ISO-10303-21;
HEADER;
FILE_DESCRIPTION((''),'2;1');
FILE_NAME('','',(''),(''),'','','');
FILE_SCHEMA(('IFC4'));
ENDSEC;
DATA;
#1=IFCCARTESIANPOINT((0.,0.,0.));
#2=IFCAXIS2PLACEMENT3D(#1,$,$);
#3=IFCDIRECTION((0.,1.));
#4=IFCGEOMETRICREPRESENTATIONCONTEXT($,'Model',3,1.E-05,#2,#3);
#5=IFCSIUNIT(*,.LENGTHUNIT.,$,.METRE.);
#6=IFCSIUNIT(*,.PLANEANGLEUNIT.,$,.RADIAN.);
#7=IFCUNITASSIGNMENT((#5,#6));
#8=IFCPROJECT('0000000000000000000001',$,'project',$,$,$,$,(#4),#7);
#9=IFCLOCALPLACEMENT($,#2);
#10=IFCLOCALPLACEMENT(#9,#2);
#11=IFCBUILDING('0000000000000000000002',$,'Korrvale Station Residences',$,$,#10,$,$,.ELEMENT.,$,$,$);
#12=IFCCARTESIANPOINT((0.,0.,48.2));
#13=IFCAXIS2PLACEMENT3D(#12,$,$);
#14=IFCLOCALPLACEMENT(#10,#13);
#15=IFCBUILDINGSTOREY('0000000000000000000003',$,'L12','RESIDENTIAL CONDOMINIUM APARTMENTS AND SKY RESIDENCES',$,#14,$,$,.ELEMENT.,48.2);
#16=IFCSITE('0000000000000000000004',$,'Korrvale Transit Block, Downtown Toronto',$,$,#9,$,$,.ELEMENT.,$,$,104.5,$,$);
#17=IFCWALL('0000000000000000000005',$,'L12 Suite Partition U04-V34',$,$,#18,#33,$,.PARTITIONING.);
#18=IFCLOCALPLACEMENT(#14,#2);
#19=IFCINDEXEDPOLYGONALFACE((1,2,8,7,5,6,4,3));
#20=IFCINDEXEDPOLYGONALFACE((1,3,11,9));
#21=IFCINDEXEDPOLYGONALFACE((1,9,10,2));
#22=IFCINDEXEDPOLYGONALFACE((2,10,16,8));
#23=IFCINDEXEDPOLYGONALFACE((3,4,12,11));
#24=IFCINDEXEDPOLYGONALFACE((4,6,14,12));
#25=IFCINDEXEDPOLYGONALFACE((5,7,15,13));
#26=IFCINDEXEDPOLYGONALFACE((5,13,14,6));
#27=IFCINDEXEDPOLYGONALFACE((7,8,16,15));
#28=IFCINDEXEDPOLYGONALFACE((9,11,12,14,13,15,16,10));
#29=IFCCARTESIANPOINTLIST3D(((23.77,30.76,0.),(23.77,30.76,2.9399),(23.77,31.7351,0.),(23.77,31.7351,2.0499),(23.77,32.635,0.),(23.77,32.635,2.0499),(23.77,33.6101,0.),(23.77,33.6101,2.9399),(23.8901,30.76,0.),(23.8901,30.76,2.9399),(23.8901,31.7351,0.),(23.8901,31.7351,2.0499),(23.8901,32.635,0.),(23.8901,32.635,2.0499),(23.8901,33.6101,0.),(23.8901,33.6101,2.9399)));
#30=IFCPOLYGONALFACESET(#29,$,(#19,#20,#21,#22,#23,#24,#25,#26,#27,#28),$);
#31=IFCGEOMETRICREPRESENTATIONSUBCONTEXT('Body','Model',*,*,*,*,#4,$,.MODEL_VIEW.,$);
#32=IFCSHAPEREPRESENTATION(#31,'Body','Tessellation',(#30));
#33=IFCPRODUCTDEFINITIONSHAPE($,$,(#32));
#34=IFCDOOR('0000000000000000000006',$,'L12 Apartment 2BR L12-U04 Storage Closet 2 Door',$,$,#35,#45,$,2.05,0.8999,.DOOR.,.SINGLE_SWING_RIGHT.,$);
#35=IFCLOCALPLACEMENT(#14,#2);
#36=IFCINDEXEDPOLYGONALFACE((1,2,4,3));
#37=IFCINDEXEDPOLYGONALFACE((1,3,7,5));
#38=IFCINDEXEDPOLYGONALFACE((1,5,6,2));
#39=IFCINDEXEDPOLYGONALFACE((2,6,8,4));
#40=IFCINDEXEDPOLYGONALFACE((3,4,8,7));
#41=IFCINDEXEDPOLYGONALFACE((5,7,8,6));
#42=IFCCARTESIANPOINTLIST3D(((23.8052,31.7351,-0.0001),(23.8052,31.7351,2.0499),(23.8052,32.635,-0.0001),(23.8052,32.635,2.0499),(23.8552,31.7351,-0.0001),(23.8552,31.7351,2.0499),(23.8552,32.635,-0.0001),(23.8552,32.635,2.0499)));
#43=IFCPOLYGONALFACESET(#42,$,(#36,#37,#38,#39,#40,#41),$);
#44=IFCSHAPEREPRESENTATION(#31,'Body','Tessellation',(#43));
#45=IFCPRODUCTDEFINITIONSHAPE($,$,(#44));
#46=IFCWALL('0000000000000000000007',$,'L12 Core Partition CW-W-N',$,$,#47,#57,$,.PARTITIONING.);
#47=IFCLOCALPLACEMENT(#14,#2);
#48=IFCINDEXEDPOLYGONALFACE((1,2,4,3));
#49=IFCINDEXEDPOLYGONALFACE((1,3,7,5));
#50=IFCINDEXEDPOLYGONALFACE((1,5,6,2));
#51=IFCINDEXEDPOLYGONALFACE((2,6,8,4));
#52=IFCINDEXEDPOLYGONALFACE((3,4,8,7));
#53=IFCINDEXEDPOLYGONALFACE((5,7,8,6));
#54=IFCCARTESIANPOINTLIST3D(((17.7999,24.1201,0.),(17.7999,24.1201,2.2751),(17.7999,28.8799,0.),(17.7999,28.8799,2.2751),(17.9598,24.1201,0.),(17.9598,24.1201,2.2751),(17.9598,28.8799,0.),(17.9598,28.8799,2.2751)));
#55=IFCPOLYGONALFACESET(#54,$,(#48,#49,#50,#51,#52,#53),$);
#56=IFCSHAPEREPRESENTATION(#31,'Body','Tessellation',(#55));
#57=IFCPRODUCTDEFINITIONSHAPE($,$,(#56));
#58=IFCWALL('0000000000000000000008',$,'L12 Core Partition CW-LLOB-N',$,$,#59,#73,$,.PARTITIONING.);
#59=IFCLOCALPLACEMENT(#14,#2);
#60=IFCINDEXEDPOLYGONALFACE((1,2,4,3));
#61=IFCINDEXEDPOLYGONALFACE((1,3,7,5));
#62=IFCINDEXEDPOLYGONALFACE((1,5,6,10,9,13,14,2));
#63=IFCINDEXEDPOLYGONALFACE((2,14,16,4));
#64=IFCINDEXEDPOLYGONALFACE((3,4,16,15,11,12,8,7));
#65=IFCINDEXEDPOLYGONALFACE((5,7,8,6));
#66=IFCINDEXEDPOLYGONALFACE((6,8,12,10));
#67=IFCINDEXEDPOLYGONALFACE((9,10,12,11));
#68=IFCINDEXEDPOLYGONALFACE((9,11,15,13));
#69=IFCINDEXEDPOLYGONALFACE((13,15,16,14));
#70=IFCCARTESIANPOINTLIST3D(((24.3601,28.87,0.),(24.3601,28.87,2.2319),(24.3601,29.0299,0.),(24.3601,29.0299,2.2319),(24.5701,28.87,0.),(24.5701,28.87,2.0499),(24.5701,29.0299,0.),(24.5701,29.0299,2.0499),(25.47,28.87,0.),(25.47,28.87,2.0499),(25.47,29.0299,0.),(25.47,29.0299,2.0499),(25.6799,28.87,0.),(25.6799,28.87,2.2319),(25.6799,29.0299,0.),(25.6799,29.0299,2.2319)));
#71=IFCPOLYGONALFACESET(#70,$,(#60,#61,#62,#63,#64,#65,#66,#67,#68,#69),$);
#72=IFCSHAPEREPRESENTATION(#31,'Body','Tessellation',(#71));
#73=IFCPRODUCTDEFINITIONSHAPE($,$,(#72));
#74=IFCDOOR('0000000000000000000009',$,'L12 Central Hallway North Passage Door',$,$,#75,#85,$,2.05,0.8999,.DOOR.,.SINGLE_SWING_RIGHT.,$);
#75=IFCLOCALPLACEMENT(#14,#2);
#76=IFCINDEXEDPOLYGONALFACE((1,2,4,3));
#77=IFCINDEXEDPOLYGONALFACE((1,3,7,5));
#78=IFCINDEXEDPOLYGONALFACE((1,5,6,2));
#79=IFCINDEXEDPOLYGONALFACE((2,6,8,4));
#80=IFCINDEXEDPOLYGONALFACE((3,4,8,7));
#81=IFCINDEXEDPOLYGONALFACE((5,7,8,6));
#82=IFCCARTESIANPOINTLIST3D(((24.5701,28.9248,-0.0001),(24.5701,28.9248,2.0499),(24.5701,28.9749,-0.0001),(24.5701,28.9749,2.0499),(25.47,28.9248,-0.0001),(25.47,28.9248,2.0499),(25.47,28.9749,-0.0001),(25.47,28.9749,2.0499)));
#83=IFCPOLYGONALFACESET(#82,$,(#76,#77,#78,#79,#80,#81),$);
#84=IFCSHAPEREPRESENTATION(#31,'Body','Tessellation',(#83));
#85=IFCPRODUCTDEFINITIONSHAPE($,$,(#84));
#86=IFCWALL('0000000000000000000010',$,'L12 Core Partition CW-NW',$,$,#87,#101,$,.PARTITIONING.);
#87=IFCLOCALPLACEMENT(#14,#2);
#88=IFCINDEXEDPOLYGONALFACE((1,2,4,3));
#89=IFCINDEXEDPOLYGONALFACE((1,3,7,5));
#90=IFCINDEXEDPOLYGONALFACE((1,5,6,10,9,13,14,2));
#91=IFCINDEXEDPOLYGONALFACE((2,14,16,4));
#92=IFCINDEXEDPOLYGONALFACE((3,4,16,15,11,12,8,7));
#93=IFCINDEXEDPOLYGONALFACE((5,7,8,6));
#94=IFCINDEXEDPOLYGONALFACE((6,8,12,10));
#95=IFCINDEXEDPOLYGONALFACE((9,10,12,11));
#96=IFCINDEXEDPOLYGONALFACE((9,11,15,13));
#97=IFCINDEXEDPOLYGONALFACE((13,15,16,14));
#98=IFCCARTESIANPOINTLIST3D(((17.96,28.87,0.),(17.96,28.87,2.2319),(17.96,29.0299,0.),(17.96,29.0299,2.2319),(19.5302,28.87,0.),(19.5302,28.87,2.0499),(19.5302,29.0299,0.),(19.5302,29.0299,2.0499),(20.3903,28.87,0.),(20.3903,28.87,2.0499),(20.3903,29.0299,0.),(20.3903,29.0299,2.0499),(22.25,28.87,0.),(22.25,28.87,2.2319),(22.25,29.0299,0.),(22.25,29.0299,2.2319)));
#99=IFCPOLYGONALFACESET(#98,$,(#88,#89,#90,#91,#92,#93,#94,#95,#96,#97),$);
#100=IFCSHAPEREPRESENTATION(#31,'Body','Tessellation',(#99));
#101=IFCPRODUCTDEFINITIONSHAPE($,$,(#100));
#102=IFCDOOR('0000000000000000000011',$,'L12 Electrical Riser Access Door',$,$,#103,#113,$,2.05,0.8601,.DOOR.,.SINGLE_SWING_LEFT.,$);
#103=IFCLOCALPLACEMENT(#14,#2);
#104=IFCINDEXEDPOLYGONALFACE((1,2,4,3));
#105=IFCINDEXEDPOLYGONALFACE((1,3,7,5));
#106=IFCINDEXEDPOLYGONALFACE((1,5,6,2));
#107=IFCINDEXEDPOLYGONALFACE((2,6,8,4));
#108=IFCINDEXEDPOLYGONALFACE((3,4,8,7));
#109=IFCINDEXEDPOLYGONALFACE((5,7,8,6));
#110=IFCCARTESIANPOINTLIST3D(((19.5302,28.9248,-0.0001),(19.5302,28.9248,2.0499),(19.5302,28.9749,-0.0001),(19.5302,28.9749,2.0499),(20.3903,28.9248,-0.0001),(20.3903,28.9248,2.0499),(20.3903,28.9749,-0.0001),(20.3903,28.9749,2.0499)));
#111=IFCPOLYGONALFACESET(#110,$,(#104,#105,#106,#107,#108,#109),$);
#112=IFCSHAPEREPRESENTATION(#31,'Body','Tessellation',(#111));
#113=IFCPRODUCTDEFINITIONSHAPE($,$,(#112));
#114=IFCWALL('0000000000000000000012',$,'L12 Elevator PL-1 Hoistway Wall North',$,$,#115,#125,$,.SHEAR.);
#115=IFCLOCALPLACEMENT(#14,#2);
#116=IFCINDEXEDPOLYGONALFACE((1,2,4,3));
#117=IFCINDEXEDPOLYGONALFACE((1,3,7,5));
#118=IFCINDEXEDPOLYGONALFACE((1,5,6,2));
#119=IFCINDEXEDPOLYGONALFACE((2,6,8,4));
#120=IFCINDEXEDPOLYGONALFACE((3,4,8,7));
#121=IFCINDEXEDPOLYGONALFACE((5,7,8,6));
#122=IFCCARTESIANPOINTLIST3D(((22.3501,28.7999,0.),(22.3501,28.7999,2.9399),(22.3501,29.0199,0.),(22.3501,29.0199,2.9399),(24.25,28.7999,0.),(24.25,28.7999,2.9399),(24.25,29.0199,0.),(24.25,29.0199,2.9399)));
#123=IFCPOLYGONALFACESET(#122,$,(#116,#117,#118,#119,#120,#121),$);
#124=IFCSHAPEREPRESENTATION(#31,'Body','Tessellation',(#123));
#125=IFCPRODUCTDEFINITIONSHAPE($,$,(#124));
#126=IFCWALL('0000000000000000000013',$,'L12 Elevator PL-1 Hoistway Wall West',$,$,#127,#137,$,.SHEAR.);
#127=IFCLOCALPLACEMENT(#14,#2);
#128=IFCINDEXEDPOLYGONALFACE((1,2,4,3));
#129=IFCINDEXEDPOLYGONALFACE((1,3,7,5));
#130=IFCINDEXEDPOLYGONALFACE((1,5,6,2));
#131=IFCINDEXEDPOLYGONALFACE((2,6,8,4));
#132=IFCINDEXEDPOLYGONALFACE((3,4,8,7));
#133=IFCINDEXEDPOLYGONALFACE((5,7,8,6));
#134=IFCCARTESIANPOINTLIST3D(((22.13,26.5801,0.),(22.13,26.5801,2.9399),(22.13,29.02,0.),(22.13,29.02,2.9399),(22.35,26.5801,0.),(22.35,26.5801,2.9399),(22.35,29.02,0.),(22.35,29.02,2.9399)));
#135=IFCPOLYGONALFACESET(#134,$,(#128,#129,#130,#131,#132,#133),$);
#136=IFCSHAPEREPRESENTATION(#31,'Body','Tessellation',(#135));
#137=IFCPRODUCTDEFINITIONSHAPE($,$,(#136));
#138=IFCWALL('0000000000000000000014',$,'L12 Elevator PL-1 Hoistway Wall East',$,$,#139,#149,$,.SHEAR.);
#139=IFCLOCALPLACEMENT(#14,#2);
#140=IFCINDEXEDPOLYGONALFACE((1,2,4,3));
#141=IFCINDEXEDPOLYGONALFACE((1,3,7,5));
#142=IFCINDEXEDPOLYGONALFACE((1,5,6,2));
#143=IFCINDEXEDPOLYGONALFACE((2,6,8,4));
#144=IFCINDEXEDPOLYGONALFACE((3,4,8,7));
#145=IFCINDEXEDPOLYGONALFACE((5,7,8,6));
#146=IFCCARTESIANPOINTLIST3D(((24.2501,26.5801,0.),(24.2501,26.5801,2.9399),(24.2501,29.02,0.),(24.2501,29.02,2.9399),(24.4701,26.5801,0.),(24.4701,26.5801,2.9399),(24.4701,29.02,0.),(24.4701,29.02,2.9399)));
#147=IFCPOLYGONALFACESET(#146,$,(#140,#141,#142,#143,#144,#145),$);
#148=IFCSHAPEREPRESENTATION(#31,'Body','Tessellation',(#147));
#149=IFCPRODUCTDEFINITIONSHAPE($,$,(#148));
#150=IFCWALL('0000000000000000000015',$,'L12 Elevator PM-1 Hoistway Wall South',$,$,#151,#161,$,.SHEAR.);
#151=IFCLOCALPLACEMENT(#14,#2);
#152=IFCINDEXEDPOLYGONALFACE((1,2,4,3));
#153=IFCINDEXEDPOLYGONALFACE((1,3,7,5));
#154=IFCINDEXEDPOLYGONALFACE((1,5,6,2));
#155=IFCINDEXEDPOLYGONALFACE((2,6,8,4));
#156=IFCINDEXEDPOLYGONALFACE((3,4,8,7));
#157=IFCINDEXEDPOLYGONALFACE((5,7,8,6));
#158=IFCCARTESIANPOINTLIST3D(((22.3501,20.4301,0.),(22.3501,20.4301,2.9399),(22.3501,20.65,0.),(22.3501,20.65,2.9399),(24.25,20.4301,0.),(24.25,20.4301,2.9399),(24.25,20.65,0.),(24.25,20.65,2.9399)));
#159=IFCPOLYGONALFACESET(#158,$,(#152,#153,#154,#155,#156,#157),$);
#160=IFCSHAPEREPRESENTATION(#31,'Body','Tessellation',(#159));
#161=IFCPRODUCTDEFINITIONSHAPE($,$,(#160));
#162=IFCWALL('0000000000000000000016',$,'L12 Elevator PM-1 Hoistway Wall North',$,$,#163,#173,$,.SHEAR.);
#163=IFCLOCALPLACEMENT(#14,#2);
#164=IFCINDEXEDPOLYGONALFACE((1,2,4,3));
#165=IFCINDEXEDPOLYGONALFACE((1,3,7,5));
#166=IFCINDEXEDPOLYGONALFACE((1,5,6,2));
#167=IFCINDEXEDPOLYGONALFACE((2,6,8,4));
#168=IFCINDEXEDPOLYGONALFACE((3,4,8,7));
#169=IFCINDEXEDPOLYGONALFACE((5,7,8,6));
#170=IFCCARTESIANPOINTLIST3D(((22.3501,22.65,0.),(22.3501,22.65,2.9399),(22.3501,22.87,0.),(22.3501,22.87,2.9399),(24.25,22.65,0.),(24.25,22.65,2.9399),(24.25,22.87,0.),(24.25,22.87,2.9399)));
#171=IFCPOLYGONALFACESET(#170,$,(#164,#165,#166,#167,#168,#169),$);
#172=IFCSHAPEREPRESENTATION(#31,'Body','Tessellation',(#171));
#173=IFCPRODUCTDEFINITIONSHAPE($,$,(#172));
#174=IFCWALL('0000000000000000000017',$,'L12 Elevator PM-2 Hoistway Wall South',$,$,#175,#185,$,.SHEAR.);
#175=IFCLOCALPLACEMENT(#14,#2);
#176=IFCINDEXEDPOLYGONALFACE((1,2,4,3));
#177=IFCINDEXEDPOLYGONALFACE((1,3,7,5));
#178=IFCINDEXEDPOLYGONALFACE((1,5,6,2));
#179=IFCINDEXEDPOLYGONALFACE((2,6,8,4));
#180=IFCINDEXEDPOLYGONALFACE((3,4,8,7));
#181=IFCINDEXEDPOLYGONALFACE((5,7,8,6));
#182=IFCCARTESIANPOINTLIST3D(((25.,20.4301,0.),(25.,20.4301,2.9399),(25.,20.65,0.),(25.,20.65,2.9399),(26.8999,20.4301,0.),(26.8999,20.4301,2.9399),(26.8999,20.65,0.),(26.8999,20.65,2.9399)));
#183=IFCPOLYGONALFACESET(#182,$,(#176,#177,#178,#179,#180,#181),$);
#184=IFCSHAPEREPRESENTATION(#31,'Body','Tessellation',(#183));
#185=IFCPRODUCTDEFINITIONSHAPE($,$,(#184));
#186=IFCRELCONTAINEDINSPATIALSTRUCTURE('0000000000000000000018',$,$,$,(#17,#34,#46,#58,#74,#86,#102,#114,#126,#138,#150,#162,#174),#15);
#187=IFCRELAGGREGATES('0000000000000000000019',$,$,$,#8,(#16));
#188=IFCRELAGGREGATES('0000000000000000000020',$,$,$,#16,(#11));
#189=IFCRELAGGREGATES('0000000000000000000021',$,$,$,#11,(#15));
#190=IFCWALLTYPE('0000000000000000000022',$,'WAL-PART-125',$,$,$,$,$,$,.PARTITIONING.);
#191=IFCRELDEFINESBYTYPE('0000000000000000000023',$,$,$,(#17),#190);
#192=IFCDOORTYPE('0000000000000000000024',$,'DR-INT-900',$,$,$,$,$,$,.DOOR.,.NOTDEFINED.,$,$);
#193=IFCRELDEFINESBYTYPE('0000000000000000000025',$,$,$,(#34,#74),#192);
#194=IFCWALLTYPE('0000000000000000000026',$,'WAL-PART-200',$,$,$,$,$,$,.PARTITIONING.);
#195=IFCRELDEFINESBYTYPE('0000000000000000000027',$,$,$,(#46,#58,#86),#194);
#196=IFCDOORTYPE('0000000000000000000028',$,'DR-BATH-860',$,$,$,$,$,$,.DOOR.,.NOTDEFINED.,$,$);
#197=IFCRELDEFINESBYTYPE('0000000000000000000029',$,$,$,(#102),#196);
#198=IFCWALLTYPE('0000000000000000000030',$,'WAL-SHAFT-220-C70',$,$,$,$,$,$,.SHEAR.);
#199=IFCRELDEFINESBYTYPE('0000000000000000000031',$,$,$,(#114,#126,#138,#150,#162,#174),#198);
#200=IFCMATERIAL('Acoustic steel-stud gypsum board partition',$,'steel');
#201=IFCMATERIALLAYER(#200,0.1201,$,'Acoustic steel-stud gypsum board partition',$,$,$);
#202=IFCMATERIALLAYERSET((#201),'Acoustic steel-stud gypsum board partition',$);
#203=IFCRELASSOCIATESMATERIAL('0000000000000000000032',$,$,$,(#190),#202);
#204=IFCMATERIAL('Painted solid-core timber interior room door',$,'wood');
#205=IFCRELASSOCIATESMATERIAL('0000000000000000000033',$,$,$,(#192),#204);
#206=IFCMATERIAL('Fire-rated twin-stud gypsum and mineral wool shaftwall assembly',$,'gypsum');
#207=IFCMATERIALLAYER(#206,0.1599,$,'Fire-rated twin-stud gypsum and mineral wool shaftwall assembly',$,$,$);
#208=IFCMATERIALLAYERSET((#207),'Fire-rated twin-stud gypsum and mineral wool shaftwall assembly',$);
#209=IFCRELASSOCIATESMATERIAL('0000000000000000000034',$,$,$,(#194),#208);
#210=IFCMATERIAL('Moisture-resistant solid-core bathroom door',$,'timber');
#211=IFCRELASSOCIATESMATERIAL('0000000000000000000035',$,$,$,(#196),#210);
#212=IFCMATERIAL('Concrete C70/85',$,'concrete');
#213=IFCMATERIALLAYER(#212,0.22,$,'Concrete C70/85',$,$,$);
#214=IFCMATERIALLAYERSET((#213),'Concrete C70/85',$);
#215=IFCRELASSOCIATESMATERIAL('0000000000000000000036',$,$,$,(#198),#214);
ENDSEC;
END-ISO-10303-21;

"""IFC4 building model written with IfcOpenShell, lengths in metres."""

from ifc_helpers import new_model, si_unit, direction, frame, frame_2d, origin, place, context, subcontext, project, spatial, rectangle, extrude, material, layer, layer_set, type_object, element, fill, save


model = new_model("IFC4")

# Units and contexts
model_context = context("Model", 3, precision=1e-05, world=origin(), true_north=direction((0.0, 1.0)))
body_context = subcontext(model_context, "Body", "Model", "MODEL_VIEW")
ifc_project = project(units=[si_unit("LENGTHUNIT", "METRE"), si_unit("PLANEANGLEUNIT", "RADIAN")], contexts=[model_context])

# Site, building, storey
site_placement = place(None, origin())
site = spatial("IfcSite", under=ifc_project, at=site_placement, Name="Korrvale Transit Block, Downtown Toronto", CompositionType="ELEMENT", RefElevation=104.5)
building_placement = place(site_placement, origin())
building = spatial("IfcBuilding", under=site, at=building_placement, Name="Korrvale Station Residences", CompositionType="ELEMENT")
storey_placement = place(building_placement, frame((0.0, 0.0, 48.2)))
storey = spatial("IfcBuildingStorey", under=building, at=storey_placement, Name="L12", Description="RESIDENTIAL CONDOMINIUM APARTMENTS AND SKY RESIDENCES", CompositionType="ELEMENT", Elevation=48.2)

# Shared definitions
ifc_material_1 = material(Name="Concrete C70/85", Category="concrete")

# Wall, opening, door
ifc_material_2 = material(Name="Acoustic steel-stud gypsum board partition", Category="steel")
ifc_layer_1 = layer(ifc_material_2, 0.1201, Name="Acoustic steel-stud gypsum board partition")
ifc_layer_set_1 = layer_set([ifc_layer_1], Name="Acoustic steel-stud gypsum board partition")
wall_type_1 = type_object("IfcWallType", Name="WAL-PART-125", PredefinedType="PARTITIONING", material=ifc_layer_set_1)
ifc_material_3 = material(Name="Painted solid-core timber interior room door", Category="wood")
door_type_1 = type_object("IfcDoorType", Name="DR-INT-900", OperationType="NOTDEFINED", PredefinedType="DOOR", material=ifc_material_3)
wall_1_placement = place(storey_placement, frame((23.8301, 30.76, 0.0), z_axis=(0.0, 0.0, 1.0), x_axis=(0.0, 1.0, 0.0)))
wall_1 = element("IfcWall", 1, at=wall_1_placement, inside=storey, type_object=wall_type_1, Name="L12 Suite Partition U04-V34", PredefinedType="PARTITIONING", context=body_context, shape_type="SweptSolid", body=[
    extrude(rectangle(XDim=2.8501, YDim=0.1201, at=frame_2d((1.425, 0.0))), origin(), (0.0, 0.0, 1.0), 2.9399),
])
opening_1_placement = place(wall_1_placement, frame((0.9751, 0.0, 0.0)))
opening_1 = element("IfcOpeningElement", 2, at=opening_1_placement, cuts=wall_1, PredefinedType="OPENING", context=body_context, shape_type="SweptSolid", body=[
    extrude(rectangle(XDim=0.8999, YDim=2.05, at=frame_2d((0.45, 1.0249))), frame((0.0, 0.0701, 0.0), z_axis=(0.0, -1.0, 0.0), x_axis=(1.0, 0.0, 0.0)), (0.0, 0.0, 1.0), 0.1401),
])
door_1_placement = place(opening_1_placement, origin())
door_1 = element("IfcDoor", 3, at=door_1_placement, inside=storey, type_object=door_type_1, Name="L12 Apartment 2BR L12-U04 Storage Closet 2 Door", OperationType="SINGLE_SWING_RIGHT", OverallHeight=2.05, OverallWidth=0.8999, PredefinedType="DOOR", context=body_context, shape_type="SweptSolid", body=[
    extrude(rectangle(XDim=0.8999, YDim=2.05, at=frame_2d((0.45, 1.0249))), frame((0.0, 0.0249, 0.0), z_axis=(0.0, -1.0, 0.0), x_axis=(1.0, 0.0, 0.0)), (0.0, 0.0, 1.0), 0.05),
])
fill(opening_1, door_1)

# Wall
ifc_material_4 = material(Name="Fire-rated twin-stud gypsum and mineral wool shaftwall assembly", Category="gypsum")
ifc_layer_2 = layer(ifc_material_4, 0.1599, Name="Fire-rated twin-stud gypsum and mineral wool shaftwall assembly")
ifc_layer_set_2 = layer_set([ifc_layer_2], Name="Fire-rated twin-stud gypsum and mineral wool shaftwall assembly")
wall_type_2 = type_object("IfcWallType", Name="WAL-PART-200", PredefinedType="PARTITIONING", material=ifc_layer_set_2)
wall_2_placement = place(storey_placement, frame((17.8799, 24.1201, 0.0), z_axis=(0.0, 0.0, 1.0), x_axis=(0.0, 1.0, 0.0)))
element("IfcWall", 4, at=wall_2_placement, inside=storey, type_object=wall_type_2, Name="L12 Core Partition CW-W-N", PredefinedType="PARTITIONING", context=body_context, shape_type="SweptSolid", body=[
    extrude(rectangle(XDim=4.7598, YDim=0.1599, at=frame_2d((2.3799, 0.0))), origin(), (0.0, 0.0, 1.0), 2.2751),
])

# Walls, openings, doors
wall_3_placement = place(storey_placement, frame((24.3601, 28.95, 0.0), z_axis=(0.0, 0.0, 1.0), x_axis=(1.0, 0.0, 0.0)))
wall_3 = element("IfcWall", 5, at=wall_3_placement, inside=storey, type_object=wall_type_2, Name="L12 Core Partition CW-LLOB-N", PredefinedType="PARTITIONING", context=body_context, shape_type="SweptSolid", body=[
    extrude(rectangle(XDim=1.3198, YDim=0.1599, at=frame_2d((0.6599, 0.0))), origin(), (0.0, 0.0, 1.0), 2.2319),
])
opening_2_placement = place(wall_3_placement, frame((0.21, 0.0, 0.0)))
opening_2 = element("IfcOpeningElement", 6, at=opening_2_placement, cuts=wall_3, PredefinedType="OPENING", context=body_context, shape_type="SweptSolid", body=[
    extrude(rectangle(XDim=0.8999, YDim=2.05, at=frame_2d((0.45, 1.0249))), frame((0.0, 0.0898, 0.0), z_axis=(0.0, -1.0, 0.0), x_axis=(1.0, 0.0, 0.0)), (0.0, 0.0, 1.0), 0.1799),
])
door_2_placement = place(opening_2_placement, origin())
door_2 = element("IfcDoor", 7, at=door_2_placement, inside=storey, type_object=door_type_1, Name="L12 Central Hallway North Passage Door", OperationType="SINGLE_SWING_RIGHT", OverallHeight=2.05, OverallWidth=0.8999, PredefinedType="DOOR", context=body_context, shape_type="SweptSolid", body=[
    extrude(rectangle(XDim=0.8999, YDim=2.05, at=frame_2d((0.45, 1.0249))), frame((0.0, 0.0249, 0.0), z_axis=(0.0, -1.0, 0.0), x_axis=(1.0, 0.0, 0.0)), (0.0, 0.0, 1.0), 0.05),
])
fill(opening_2, door_2)
wall_4_placement = place(storey_placement, frame((17.96, 28.95, 0.0), z_axis=(0.0, 0.0, 1.0), x_axis=(1.0, 0.0, 0.0)))
wall_4 = element("IfcWall", 8, at=wall_4_placement, inside=storey, type_object=wall_type_2, Name="L12 Core Partition CW-NW", PredefinedType="PARTITIONING", context=body_context, shape_type="SweptSolid", body=[
    extrude(rectangle(XDim=4.29, YDim=0.1599, at=frame_2d((2.145, 0.0))), origin(), (0.0, 0.0, 1.0), 2.2319),
])
opening_3_placement = place(wall_4_placement, frame((1.5701, 0.0, 0.0)))
opening_3 = element("IfcOpeningElement", 9, at=opening_3_placement, cuts=wall_4, PredefinedType="OPENING", context=body_context, shape_type="SweptSolid", body=[
    extrude(rectangle(XDim=0.8601, YDim=2.05, at=frame_2d((0.4302, 1.0249))), frame((0.0, 0.0898, 0.0), z_axis=(0.0, -1.0, 0.0), x_axis=(1.0, 0.0, 0.0)), (0.0, 0.0, 1.0), 0.1799),
])
ifc_material_5 = material(Name="Moisture-resistant solid-core bathroom door", Category="timber")
door_type_2 = type_object("IfcDoorType", Name="DR-BATH-860", OperationType="NOTDEFINED", PredefinedType="DOOR", material=ifc_material_5)
door_3_placement = place(opening_3_placement, origin())
door_3 = element("IfcDoor", 10, at=door_3_placement, inside=storey, type_object=door_type_2, Name="L12 Electrical Riser Access Door", OperationType="SINGLE_SWING_LEFT", OverallHeight=2.05, OverallWidth=0.8601, PredefinedType="DOOR", context=body_context, shape_type="SweptSolid", body=[
    extrude(rectangle(XDim=0.8601, YDim=2.05, at=frame_2d((0.4302, 1.0249))), frame((0.0, 0.0249, 0.0), z_axis=(0.0, -1.0, 0.0), x_axis=(1.0, 0.0, 0.0)), (0.0, 0.0, 1.0), 0.05),
])
fill(opening_3, door_3)
ifc_layer_3 = layer(ifc_material_1, 0.22, Name="Concrete C70/85")
ifc_layer_set_3 = layer_set([ifc_layer_3], Name="Concrete C70/85")
wall_type_3 = type_object("IfcWallType", Name="WAL-SHAFT-220-C70", PredefinedType="SHEAR", material=ifc_layer_set_3)

# Walls
wall_5_placement = place(storey_placement, frame((22.3501, 28.9099, 0.0), z_axis=(0.0, 0.0, 1.0), x_axis=(1.0, 0.0, 0.0)))
element("IfcWall", 11, at=wall_5_placement, inside=storey, type_object=wall_type_3, Name="L12 Elevator PL-1 Hoistway Wall North", PredefinedType="SHEAR", context=body_context, shape_type="SweptSolid", body=[
    extrude(rectangle(XDim=1.8999, YDim=0.22, at=frame_2d((0.95, 0.0))), origin(), (0.0, 0.0, 1.0), 2.9399),
])
for number, where, z_axis, x_axis, name in (
    (12, (22.24, 26.5801, 0.0), (0.0, 0.0, 1.0), (0.0, 1.0, 0.0), "L12 Elevator PL-1 Hoistway Wall West"),
    (13, (24.3601, 26.5801, 0.0), (0.0, 0.0, 1.0), (0.0, 1.0, 0.0), "L12 Elevator PL-1 Hoistway Wall East"),
):
    element("IfcWall", number, at=place(storey_placement, frame(where, z_axis=z_axis, x_axis=x_axis)), inside=storey, type_object=wall_type_3, Name=name, PredefinedType="SHEAR", context=body_context, shape_type="SweptSolid", body=[
        extrude(rectangle(XDim=2.4399, YDim=0.22, at=frame_2d((1.22, 0.0))), origin(), (0.0, 0.0, 1.0), 2.9399),
    ])
for number, where, z_axis, x_axis, name in (
    (14, (22.3501, 20.54, 0.0), (0.0, 0.0, 1.0), (1.0, 0.0, 0.0), "L12 Elevator PM-1 Hoistway Wall South"),
    (15, (22.3501, 22.76, 0.0), (0.0, 0.0, 1.0), (1.0, 0.0, 0.0), "L12 Elevator PM-1 Hoistway Wall North"),
    (16, (25.0, 20.54, 0.0), (0.0, 0.0, 1.0), (1.0, 0.0, 0.0), "L12 Elevator PM-2 Hoistway Wall South"),
):
    element("IfcWall", number, at=place(storey_placement, frame(where, z_axis=z_axis, x_axis=x_axis)), inside=storey, type_object=wall_type_3, Name=name, PredefinedType="SHEAR", context=body_context, shape_type="SweptSolid", body=[
        extrude(rectangle(XDim=1.8999, YDim=0.22, at=frame_2d((0.95, 0.0))), origin(), (0.0, 0.0, 1.0), 2.9399),
    ])

save(model, "model.ifc")
